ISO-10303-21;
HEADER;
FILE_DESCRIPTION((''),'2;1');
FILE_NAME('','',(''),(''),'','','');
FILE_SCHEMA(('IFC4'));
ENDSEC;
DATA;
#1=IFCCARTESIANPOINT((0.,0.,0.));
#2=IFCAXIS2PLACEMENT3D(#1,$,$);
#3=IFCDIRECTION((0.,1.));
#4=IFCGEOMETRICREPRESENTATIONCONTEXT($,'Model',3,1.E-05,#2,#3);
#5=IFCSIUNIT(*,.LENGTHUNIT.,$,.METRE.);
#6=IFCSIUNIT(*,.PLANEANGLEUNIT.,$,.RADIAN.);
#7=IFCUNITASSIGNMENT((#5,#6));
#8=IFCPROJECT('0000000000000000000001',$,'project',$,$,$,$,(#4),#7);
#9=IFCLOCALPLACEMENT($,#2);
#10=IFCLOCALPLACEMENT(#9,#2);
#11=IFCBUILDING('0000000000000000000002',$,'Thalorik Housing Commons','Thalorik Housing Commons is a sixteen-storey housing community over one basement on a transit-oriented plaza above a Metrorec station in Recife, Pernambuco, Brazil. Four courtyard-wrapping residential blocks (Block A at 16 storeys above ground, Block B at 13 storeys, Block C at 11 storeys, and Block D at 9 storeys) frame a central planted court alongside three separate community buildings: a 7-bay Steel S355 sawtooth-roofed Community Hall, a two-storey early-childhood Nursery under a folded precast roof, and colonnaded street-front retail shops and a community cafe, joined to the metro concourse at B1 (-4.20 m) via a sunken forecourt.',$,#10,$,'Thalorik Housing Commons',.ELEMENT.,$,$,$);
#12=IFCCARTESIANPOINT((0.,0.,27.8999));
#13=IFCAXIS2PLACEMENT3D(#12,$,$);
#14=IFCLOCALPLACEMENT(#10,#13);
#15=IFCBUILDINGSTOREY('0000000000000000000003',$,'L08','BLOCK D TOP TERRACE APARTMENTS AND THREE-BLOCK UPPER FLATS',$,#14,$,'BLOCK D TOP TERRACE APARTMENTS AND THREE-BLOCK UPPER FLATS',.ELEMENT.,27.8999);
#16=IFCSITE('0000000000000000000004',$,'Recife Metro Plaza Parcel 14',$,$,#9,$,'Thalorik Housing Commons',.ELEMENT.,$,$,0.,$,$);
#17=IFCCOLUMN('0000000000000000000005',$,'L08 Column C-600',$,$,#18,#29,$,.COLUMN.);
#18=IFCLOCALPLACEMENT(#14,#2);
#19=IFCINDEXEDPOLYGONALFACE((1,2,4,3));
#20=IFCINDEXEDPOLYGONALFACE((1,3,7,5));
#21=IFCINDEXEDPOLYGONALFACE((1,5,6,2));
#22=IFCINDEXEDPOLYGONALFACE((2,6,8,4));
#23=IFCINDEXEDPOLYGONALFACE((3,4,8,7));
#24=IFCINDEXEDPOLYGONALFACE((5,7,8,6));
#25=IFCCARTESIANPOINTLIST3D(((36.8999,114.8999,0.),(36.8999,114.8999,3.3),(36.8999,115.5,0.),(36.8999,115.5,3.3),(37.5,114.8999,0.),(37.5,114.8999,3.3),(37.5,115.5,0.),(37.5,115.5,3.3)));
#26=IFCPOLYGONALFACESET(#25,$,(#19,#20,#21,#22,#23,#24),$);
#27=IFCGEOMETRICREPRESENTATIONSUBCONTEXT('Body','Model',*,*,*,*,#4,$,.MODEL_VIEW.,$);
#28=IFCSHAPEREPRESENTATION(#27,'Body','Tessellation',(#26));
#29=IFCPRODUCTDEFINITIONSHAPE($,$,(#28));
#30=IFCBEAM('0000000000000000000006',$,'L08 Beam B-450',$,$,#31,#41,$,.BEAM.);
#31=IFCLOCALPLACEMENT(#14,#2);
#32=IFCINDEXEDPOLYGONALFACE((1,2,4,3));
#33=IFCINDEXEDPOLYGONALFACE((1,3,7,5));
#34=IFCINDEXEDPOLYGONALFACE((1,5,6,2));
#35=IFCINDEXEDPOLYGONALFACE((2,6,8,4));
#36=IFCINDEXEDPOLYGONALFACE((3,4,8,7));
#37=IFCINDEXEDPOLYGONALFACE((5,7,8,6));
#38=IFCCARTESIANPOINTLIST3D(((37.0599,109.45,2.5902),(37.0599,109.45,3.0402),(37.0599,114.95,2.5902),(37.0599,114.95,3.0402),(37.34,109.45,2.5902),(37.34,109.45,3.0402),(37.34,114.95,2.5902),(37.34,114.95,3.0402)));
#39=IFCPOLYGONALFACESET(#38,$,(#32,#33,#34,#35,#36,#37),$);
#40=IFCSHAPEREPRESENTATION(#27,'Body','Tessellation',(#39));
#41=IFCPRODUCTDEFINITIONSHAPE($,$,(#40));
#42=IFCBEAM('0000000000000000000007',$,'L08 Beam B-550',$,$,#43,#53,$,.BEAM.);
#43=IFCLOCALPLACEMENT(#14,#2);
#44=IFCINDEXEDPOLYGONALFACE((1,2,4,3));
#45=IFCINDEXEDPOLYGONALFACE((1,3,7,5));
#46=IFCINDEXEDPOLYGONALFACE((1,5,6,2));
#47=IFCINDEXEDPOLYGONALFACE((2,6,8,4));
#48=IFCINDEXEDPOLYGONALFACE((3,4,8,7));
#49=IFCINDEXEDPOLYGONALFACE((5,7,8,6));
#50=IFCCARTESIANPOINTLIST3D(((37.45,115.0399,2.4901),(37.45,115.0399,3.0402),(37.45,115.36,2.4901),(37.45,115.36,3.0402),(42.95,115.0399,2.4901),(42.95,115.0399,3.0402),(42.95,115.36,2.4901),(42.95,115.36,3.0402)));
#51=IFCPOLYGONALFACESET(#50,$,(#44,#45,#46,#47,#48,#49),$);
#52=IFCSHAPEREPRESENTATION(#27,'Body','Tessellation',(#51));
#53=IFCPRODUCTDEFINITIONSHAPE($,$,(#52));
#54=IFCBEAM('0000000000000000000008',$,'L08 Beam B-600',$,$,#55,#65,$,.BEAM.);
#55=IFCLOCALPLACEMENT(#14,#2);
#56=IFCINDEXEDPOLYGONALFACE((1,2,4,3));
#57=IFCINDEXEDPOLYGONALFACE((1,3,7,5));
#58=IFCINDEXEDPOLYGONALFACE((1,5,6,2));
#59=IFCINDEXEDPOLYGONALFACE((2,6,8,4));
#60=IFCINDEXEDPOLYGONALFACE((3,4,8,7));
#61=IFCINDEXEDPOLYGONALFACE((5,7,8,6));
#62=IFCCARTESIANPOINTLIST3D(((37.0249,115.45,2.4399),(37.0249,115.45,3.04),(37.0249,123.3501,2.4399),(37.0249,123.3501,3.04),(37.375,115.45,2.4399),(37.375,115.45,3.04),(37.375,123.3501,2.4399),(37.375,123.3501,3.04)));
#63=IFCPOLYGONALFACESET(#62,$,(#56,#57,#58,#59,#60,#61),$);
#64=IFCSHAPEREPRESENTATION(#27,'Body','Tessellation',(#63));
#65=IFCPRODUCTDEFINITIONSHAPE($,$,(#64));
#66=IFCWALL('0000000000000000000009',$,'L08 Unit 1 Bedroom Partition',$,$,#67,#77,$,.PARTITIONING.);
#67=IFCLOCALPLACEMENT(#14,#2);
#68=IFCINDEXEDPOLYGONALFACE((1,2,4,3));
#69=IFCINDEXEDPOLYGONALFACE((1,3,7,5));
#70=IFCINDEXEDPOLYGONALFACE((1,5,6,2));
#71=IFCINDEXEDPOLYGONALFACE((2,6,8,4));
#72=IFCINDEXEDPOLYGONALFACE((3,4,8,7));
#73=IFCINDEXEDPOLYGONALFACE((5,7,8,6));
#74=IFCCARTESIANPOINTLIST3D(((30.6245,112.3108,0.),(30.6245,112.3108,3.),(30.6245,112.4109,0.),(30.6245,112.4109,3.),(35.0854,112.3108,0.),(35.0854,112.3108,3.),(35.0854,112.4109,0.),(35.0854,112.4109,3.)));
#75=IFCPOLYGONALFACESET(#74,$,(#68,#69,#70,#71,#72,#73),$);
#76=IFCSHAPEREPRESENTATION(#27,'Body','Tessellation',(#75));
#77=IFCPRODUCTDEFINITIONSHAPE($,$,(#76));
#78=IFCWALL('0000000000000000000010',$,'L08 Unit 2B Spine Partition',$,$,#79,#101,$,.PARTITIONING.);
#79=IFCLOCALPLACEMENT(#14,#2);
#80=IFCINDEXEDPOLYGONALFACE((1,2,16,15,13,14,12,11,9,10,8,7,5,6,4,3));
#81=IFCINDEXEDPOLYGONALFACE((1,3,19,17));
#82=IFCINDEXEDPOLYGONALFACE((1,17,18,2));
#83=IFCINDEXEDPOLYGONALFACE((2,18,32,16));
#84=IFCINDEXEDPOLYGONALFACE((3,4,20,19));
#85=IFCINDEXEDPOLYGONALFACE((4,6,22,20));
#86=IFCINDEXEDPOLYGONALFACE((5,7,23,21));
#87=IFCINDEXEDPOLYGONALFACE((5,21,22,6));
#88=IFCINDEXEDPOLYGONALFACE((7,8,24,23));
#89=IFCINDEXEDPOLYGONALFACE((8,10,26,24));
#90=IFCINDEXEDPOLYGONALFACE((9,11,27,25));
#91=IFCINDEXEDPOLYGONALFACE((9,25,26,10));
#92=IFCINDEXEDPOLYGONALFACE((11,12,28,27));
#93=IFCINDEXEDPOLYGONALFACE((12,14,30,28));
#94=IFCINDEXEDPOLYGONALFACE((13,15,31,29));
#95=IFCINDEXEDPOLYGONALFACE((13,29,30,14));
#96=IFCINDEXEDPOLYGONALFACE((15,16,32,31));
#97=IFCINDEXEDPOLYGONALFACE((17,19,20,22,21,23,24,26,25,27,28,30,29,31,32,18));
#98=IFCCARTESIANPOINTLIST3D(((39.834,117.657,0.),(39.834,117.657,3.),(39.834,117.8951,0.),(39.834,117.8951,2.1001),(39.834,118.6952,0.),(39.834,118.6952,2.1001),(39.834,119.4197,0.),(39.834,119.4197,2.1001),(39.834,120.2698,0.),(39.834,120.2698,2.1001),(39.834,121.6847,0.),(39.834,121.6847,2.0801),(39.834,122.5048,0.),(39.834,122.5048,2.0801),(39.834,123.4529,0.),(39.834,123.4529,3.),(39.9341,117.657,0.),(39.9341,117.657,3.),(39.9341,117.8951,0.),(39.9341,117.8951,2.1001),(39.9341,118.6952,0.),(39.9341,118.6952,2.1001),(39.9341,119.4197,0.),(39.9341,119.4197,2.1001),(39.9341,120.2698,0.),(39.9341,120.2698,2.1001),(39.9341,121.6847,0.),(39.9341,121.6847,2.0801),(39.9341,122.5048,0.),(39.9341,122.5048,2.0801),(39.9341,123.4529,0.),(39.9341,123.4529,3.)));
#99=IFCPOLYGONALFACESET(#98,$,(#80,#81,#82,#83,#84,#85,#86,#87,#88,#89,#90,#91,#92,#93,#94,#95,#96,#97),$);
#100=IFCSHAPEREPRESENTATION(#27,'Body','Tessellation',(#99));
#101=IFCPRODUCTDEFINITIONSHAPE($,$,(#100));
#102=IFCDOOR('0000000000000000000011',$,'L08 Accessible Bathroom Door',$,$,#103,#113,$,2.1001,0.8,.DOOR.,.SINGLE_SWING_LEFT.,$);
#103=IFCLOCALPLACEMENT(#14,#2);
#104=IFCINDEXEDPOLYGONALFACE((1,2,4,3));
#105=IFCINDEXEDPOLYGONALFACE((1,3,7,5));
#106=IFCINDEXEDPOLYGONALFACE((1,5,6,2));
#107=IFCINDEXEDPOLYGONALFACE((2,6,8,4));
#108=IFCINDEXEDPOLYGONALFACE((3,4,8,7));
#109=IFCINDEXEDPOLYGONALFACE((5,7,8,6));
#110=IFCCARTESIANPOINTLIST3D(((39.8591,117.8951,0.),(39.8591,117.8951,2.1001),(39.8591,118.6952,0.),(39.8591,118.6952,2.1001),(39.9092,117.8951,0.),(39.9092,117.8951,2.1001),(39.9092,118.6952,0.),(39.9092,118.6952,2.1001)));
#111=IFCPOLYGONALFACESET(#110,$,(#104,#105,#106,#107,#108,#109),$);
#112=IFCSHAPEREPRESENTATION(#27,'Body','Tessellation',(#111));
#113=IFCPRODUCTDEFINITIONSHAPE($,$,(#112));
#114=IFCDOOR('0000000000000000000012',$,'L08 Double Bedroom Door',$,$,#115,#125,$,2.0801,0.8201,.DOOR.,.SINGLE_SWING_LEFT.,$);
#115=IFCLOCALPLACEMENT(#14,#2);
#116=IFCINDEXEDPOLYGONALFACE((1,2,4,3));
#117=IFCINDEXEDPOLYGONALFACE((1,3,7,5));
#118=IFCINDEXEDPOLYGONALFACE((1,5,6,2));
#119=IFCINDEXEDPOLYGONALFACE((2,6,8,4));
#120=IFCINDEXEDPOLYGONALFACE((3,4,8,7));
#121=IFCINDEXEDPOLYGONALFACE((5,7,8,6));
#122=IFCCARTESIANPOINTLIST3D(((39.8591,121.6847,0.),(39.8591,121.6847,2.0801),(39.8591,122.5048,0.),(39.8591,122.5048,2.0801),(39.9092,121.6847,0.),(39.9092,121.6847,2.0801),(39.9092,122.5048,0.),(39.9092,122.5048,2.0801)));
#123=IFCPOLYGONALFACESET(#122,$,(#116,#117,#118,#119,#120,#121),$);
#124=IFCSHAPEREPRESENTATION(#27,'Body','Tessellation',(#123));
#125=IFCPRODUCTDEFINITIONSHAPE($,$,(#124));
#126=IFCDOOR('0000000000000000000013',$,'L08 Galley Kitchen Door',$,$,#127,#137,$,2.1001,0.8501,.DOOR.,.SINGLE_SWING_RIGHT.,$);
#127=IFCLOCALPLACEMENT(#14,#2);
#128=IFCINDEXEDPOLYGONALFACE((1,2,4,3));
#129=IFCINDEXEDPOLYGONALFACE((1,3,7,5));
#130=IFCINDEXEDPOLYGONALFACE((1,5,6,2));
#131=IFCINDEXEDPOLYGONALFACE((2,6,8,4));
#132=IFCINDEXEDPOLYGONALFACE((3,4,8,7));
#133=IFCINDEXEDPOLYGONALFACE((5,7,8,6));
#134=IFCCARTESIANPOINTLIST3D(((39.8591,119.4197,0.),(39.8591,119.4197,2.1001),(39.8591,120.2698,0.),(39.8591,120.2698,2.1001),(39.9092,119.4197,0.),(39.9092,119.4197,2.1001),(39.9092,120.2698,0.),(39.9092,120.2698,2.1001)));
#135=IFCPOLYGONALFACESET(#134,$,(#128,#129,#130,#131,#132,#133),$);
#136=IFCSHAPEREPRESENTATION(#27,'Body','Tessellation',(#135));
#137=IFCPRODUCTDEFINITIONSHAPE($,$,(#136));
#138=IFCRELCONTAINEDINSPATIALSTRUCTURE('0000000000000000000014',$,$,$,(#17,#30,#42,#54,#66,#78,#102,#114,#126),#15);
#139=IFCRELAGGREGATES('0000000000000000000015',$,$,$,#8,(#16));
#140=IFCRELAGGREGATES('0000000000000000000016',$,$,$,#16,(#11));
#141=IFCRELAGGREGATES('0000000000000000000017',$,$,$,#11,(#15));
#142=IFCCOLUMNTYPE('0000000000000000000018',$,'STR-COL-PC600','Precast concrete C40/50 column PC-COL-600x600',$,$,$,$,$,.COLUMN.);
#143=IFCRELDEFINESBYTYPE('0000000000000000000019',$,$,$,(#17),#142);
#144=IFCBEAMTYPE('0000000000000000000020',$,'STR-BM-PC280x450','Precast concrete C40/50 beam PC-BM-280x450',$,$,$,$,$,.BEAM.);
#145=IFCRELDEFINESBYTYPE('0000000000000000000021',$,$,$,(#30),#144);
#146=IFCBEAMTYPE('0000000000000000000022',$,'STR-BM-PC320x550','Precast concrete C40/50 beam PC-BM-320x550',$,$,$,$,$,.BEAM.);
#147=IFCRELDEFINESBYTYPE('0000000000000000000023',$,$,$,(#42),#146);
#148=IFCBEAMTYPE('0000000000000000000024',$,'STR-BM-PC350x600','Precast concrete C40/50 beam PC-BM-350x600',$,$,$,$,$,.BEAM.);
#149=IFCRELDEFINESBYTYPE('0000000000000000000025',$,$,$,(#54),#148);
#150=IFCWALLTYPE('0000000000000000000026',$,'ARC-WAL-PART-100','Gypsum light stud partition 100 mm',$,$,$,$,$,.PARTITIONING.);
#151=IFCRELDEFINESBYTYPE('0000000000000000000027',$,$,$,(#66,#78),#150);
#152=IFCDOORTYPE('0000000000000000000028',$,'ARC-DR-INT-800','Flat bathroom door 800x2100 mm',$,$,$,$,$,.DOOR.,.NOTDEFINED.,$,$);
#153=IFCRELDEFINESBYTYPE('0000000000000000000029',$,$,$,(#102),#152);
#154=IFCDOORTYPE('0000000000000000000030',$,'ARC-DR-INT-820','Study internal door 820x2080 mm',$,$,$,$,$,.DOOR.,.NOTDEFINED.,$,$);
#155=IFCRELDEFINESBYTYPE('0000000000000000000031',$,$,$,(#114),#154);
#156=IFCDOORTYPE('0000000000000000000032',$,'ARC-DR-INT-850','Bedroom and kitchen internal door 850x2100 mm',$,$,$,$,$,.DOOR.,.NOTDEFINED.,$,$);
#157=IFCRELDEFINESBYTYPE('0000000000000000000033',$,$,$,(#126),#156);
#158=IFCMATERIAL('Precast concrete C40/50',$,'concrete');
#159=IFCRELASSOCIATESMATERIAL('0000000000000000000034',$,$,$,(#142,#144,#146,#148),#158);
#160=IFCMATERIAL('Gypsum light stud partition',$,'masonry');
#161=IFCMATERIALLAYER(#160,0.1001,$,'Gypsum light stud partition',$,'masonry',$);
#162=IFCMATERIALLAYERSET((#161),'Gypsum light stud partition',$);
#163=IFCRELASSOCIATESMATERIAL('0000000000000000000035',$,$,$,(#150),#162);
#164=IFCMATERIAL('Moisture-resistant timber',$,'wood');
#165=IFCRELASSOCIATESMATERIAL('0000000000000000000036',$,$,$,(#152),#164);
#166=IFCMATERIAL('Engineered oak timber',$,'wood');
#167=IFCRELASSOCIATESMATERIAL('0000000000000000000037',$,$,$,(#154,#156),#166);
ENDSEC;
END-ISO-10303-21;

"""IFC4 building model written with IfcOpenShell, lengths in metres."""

from ifc_helpers import new_model, si_unit, direction, frame, frame_2d, origin, origin_2d, place, context, subcontext, project, spatial, rectangle, extrude, material, layer, layer_set, material_profile, profile_set, type_object, element, fill, save


model = new_model("IFC4")

# Units and contexts
model_context = context("Model", 3, precision=1e-05, world=origin(), true_north=direction((0.0, 1.0)))
body_context = subcontext(model_context, "Body", "Model", "MODEL_VIEW")
ifc_project = project(units=[si_unit("LENGTHUNIT", "METRE"), si_unit("PLANEANGLEUNIT", "RADIAN")], contexts=[model_context])

# Site, building, storey
site_placement = place(None, origin())
site = spatial("IfcSite", under=ifc_project, at=site_placement, Name="Recife Metro Plaza Parcel 14", LongName="Thalorik Housing Commons", CompositionType="ELEMENT", RefElevation=0.0)
building_placement = place(site_placement, origin())
building = spatial("IfcBuilding", under=site, at=building_placement, Name="Thalorik Housing Commons", Description="Thalorik Housing Commons is a sixteen-storey housing community over one basement on a transit-oriented plaza above a Metrorec station in Recife, Pernambuco, Brazil. Four courtyard-wrapping residential blocks (Block A at 16 storeys above ground, Block B at 13 storeys, Block C at 11 storeys, and Block D at 9 storeys) frame a central planted court alongside three separate community buildings: a 7-bay Steel S355 sawtooth-roofed Community Hall, a two-storey early-childhood Nursery under a folded precast roof, and colonnaded street-front retail shops and a community cafe, joined to the metro concourse at B1 (-4.20 m) via a sunken forecourt.", LongName="Thalorik Housing Commons", CompositionType="ELEMENT")
storey_placement = place(building_placement, frame((0.0, 0.0, 27.8999)))
storey = spatial("IfcBuildingStorey", under=building, at=storey_placement, Name="L08", Description="BLOCK D TOP TERRACE APARTMENTS AND THREE-BLOCK UPPER FLATS", LongName="BLOCK D TOP TERRACE APARTMENTS AND THREE-BLOCK UPPER FLATS", CompositionType="ELEMENT", Elevation=27.8999)

# Column
ifc_material_1 = material(Name="Precast concrete C40/50", Category="concrete")
ifc_material_profile_1 = material_profile(ifc_material_1, rectangle(XDim=0.6001, YDim=0.6001, at=origin_2d()), Name="PC 600x600", Category="concrete")
ifc_profile_set_1 = profile_set([ifc_material_profile_1], Name="Precast concrete C40/50")
column_type = type_object("IfcColumnType", Name="STR-COL-PC600", Description="Precast concrete C40/50 column PC-COL-600x600", PredefinedType="COLUMN", material=ifc_profile_set_1)
column_placement = place(storey_placement, frame((37.2, 115.2, 0.0), z_axis=(0.0, 0.0, 1.0), x_axis=(1.0, 0.0, 0.0)))
element("IfcColumn", 1, at=column_placement, inside=storey, type_object=column_type, Name="L08 Column C-600", PredefinedType="COLUMN", context=body_context, shape_type="SweptSolid", body=[
    extrude(rectangle(XDim=0.6001, YDim=0.6001, at=origin_2d()), origin(), (0.0, 0.0, 1.0), 3.3),
])

# Beams
ifc_material_profile_2 = material_profile(ifc_material_1, rectangle(XDim=0.28, YDim=0.45, at=origin_2d()), Name="PC 280x450", Category="concrete")
ifc_profile_set_2 = profile_set([ifc_material_profile_2], Name="Precast concrete C40/50")
beam_type_1 = type_object("IfcBeamType", Name="STR-BM-PC280x450", Description="Precast concrete C40/50 beam PC-BM-280x450", PredefinedType="BEAM", material=ifc_profile_set_2)
beam_1_placement = place(storey_placement, frame((37.2, 109.45, 2.8152), z_axis=(0.0, 1.0, 0.0), x_axis=(-1.0, 0.0, 0.0)))
element("IfcBeam", 2, at=beam_1_placement, inside=storey, type_object=beam_type_1, Name="L08 Beam B-450", PredefinedType="BEAM", context=body_context, shape_type="SweptSolid", body=[
    extrude(rectangle(XDim=0.28, YDim=0.45, at=origin_2d()), origin(), (0.0, 0.0, 1.0), 5.5),
])
ifc_material_profile_3 = material_profile(ifc_material_1, rectangle(XDim=0.3201, YDim=0.55, at=origin_2d()), Name="PC 320x550", Category="concrete")
ifc_profile_set_3 = profile_set([ifc_material_profile_3], Name="Precast concrete C40/50")
beam_type_2 = type_object("IfcBeamType", Name="STR-BM-PC320x550", Description="Precast concrete C40/50 beam PC-BM-320x550", PredefinedType="BEAM", material=ifc_profile_set_3)
beam_2_placement = place(storey_placement, frame((37.45, 115.2, 2.7651), z_axis=(1.0, 0.0, 0.0), x_axis=(0.0, 1.0, 0.0)))
element("IfcBeam", 3, at=beam_2_placement, inside=storey, type_object=beam_type_2, Name="L08 Beam B-550", PredefinedType="BEAM", context=body_context, shape_type="SweptSolid", body=[
    extrude(rectangle(XDim=0.3201, YDim=0.55, at=origin_2d()), origin(), (0.0, 0.0, 1.0), 5.5),
])
ifc_material_profile_4 = material_profile(ifc_material_1, rectangle(XDim=0.3501, YDim=0.6001, at=origin_2d()), Name="PC 350x600", Category="concrete")
ifc_profile_set_4 = profile_set([ifc_material_profile_4], Name="Precast concrete C40/50")
beam_type_3 = type_object("IfcBeamType", Name="STR-BM-PC350x600", Description="Precast concrete C40/50 beam PC-BM-350x600", PredefinedType="BEAM", material=ifc_profile_set_4)
beam_3_placement = place(storey_placement, frame((37.2, 115.45, 2.74), z_axis=(0.0, 1.0, 0.0), x_axis=(-1.0, 0.0, 0.0)))
element("IfcBeam", 4, at=beam_3_placement, inside=storey, type_object=beam_type_3, Name="L08 Beam B-600", PredefinedType="BEAM", context=body_context, shape_type="SweptSolid", body=[
    extrude(rectangle(XDim=0.3501, YDim=0.6001, at=origin_2d()), origin(), (0.0, 0.0, 1.0), 7.9001),
])

# Wall
ifc_material_2 = material(Name="Gypsum light stud partition", Category="masonry")
ifc_layer_1 = layer(ifc_material_2, 0.1001, Name="Gypsum light stud partition", Category="masonry")
ifc_layer_set_1 = layer_set([ifc_layer_1], Name="Gypsum light stud partition")
wall_type_1 = type_object("IfcWallType", Name="ARC-WAL-PART-100", Description="Gypsum light stud partition 100 mm", PredefinedType="PARTITIONING", material=ifc_layer_set_1)
wall_1_placement = place(storey_placement, frame((30.6245, 112.3608, 0.0), z_axis=(0.0, 0.0, 1.0), x_axis=(1.0, 0.0, 0.0)))
element("IfcWall", 5, at=wall_1_placement, inside=storey, type_object=wall_type_1, Name="L08 Unit 1 Bedroom Partition", PredefinedType="PARTITIONING", context=body_context, shape_type="SweptSolid", body=[
    extrude(rectangle(XDim=4.4609, YDim=0.1001, at=frame_2d((2.2305, 0.0))), origin(), (0.0, 0.0, 1.0), 3.0),
])

# Wall, openings, doors
wall_2_placement = place(storey_placement, frame((39.884, 117.657, 0.0), z_axis=(0.0, 0.0, 1.0), x_axis=(0.0, 1.0, 0.0)))
wall_2 = element("IfcWall", 6, at=wall_2_placement, inside=storey, type_object=wall_type_1, Name="L08 Unit 2B Spine Partition", PredefinedType="PARTITIONING", context=body_context, shape_type="SweptSolid", body=[
    extrude(rectangle(XDim=5.7959, YDim=0.1001, at=frame_2d((2.8979, 0.0))), origin(), (0.0, 0.0, 1.0), 3.0),
])
opening_1_placement = place(wall_2_placement, frame((0.2383, 0.0, 0.0)))
opening_1 = element("IfcOpeningElement", 7, at=opening_1_placement, cuts=wall_2, PredefinedType="OPENING", context=body_context, shape_type="SweptSolid", body=[
    extrude(rectangle(XDim=0.8, YDim=2.1001, at=frame_2d((0.3999, 1.05))), frame((0.0, 0.0601, 0.0), z_axis=(0.0, -1.0, 0.0), x_axis=(1.0, 0.0, 0.0)), (0.0, 0.0, 1.0), 0.1201),
])
opening_2_placement = place(wall_2_placement, frame((1.7627, 0.0, 0.0)))
opening_2 = element("IfcOpeningElement", 8, at=opening_2_placement, cuts=wall_2, PredefinedType="OPENING", context=body_context, shape_type="SweptSolid", body=[
    extrude(rectangle(XDim=0.8501, YDim=2.1001, at=frame_2d((0.425, 1.05))), frame((0.0, 0.0601, 0.0), z_axis=(0.0, -1.0, 0.0), x_axis=(1.0, 0.0, 0.0)), (0.0, 0.0, 1.0), 0.1201),
])
opening_3_placement = place(wall_2_placement, frame((4.0276, 0.0, 0.0)))
opening_3 = element("IfcOpeningElement", 9, at=opening_3_placement, cuts=wall_2, PredefinedType="OPENING", context=body_context, shape_type="SweptSolid", body=[
    extrude(rectangle(XDim=0.8201, YDim=2.0801, at=frame_2d((0.4102, 1.04))), frame((0.0, 0.0601, 0.0), z_axis=(0.0, -1.0, 0.0), x_axis=(1.0, 0.0, 0.0)), (0.0, 0.0, 1.0), 0.1201),
])
ifc_material_3 = material(Name="Moisture-resistant timber", Category="wood")
door_type_1 = type_object("IfcDoorType", Name="ARC-DR-INT-800", Description="Flat bathroom door 800x2100 mm", OperationType="NOTDEFINED", PredefinedType="DOOR", material=ifc_material_3)
door_1_placement = place(opening_1_placement, origin())
door_1 = element("IfcDoor", 10, at=door_1_placement, inside=storey, type_object=door_type_1, Name="L08 Accessible Bathroom Door", OperationType="SINGLE_SWING_LEFT", OverallHeight=2.1001, OverallWidth=0.8, PredefinedType="DOOR", context=body_context, shape_type="SweptSolid", body=[
    extrude(rectangle(XDim=0.8, YDim=2.1001, at=frame_2d((0.3999, 1.05))), frame((0.0, 0.0249, 0.0), z_axis=(0.0, -1.0, 0.0), x_axis=(1.0, 0.0, 0.0)), (0.0, 0.0, 1.0), 0.05),
])
fill(opening_1, door_1)
ifc_material_4 = material(Name="Engineered oak timber", Category="wood")
door_type_2 = type_object("IfcDoorType", Name="ARC-DR-INT-820", Description="Study internal door 820x2080 mm", OperationType="NOTDEFINED", PredefinedType="DOOR", material=ifc_material_4)
door_2_placement = place(opening_3_placement, origin())
door_2 = element("IfcDoor", 11, at=door_2_placement, inside=storey, type_object=door_type_2, Name="L08 Double Bedroom Door", OperationType="SINGLE_SWING_LEFT", OverallHeight=2.0801, OverallWidth=0.8201, PredefinedType="DOOR", context=body_context, shape_type="SweptSolid", body=[
    extrude(rectangle(XDim=0.8201, YDim=2.0801, at=frame_2d((0.4102, 1.04))), frame((0.0, 0.0249, 0.0), z_axis=(0.0, -1.0, 0.0), x_axis=(1.0, 0.0, 0.0)), (0.0, 0.0, 1.0), 0.05),
])
fill(opening_3, door_2)
door_type_3 = type_object("IfcDoorType", Name="ARC-DR-INT-850", Description="Bedroom and kitchen internal door 850x2100 mm", OperationType="NOTDEFINED", PredefinedType="DOOR", material=ifc_material_4)
door_3_placement = place(opening_2_placement, origin())
door_3 = element("IfcDoor", 12, at=door_3_placement, inside=storey, type_object=door_type_3, Name="L08 Galley Kitchen Door", OperationType="SINGLE_SWING_RIGHT", OverallHeight=2.1001, OverallWidth=0.8501, PredefinedType="DOOR", context=body_context, shape_type="SweptSolid", body=[
    extrude(rectangle(XDim=0.8501, YDim=2.1001, at=frame_2d((0.425, 1.05))), frame((0.0, 0.0249, 0.0), z_axis=(0.0, -1.0, 0.0), x_axis=(1.0, 0.0, 0.0)), (0.0, 0.0, 1.0), 0.05),
])
fill(opening_2, door_3)

save(model, "model.ifc")
